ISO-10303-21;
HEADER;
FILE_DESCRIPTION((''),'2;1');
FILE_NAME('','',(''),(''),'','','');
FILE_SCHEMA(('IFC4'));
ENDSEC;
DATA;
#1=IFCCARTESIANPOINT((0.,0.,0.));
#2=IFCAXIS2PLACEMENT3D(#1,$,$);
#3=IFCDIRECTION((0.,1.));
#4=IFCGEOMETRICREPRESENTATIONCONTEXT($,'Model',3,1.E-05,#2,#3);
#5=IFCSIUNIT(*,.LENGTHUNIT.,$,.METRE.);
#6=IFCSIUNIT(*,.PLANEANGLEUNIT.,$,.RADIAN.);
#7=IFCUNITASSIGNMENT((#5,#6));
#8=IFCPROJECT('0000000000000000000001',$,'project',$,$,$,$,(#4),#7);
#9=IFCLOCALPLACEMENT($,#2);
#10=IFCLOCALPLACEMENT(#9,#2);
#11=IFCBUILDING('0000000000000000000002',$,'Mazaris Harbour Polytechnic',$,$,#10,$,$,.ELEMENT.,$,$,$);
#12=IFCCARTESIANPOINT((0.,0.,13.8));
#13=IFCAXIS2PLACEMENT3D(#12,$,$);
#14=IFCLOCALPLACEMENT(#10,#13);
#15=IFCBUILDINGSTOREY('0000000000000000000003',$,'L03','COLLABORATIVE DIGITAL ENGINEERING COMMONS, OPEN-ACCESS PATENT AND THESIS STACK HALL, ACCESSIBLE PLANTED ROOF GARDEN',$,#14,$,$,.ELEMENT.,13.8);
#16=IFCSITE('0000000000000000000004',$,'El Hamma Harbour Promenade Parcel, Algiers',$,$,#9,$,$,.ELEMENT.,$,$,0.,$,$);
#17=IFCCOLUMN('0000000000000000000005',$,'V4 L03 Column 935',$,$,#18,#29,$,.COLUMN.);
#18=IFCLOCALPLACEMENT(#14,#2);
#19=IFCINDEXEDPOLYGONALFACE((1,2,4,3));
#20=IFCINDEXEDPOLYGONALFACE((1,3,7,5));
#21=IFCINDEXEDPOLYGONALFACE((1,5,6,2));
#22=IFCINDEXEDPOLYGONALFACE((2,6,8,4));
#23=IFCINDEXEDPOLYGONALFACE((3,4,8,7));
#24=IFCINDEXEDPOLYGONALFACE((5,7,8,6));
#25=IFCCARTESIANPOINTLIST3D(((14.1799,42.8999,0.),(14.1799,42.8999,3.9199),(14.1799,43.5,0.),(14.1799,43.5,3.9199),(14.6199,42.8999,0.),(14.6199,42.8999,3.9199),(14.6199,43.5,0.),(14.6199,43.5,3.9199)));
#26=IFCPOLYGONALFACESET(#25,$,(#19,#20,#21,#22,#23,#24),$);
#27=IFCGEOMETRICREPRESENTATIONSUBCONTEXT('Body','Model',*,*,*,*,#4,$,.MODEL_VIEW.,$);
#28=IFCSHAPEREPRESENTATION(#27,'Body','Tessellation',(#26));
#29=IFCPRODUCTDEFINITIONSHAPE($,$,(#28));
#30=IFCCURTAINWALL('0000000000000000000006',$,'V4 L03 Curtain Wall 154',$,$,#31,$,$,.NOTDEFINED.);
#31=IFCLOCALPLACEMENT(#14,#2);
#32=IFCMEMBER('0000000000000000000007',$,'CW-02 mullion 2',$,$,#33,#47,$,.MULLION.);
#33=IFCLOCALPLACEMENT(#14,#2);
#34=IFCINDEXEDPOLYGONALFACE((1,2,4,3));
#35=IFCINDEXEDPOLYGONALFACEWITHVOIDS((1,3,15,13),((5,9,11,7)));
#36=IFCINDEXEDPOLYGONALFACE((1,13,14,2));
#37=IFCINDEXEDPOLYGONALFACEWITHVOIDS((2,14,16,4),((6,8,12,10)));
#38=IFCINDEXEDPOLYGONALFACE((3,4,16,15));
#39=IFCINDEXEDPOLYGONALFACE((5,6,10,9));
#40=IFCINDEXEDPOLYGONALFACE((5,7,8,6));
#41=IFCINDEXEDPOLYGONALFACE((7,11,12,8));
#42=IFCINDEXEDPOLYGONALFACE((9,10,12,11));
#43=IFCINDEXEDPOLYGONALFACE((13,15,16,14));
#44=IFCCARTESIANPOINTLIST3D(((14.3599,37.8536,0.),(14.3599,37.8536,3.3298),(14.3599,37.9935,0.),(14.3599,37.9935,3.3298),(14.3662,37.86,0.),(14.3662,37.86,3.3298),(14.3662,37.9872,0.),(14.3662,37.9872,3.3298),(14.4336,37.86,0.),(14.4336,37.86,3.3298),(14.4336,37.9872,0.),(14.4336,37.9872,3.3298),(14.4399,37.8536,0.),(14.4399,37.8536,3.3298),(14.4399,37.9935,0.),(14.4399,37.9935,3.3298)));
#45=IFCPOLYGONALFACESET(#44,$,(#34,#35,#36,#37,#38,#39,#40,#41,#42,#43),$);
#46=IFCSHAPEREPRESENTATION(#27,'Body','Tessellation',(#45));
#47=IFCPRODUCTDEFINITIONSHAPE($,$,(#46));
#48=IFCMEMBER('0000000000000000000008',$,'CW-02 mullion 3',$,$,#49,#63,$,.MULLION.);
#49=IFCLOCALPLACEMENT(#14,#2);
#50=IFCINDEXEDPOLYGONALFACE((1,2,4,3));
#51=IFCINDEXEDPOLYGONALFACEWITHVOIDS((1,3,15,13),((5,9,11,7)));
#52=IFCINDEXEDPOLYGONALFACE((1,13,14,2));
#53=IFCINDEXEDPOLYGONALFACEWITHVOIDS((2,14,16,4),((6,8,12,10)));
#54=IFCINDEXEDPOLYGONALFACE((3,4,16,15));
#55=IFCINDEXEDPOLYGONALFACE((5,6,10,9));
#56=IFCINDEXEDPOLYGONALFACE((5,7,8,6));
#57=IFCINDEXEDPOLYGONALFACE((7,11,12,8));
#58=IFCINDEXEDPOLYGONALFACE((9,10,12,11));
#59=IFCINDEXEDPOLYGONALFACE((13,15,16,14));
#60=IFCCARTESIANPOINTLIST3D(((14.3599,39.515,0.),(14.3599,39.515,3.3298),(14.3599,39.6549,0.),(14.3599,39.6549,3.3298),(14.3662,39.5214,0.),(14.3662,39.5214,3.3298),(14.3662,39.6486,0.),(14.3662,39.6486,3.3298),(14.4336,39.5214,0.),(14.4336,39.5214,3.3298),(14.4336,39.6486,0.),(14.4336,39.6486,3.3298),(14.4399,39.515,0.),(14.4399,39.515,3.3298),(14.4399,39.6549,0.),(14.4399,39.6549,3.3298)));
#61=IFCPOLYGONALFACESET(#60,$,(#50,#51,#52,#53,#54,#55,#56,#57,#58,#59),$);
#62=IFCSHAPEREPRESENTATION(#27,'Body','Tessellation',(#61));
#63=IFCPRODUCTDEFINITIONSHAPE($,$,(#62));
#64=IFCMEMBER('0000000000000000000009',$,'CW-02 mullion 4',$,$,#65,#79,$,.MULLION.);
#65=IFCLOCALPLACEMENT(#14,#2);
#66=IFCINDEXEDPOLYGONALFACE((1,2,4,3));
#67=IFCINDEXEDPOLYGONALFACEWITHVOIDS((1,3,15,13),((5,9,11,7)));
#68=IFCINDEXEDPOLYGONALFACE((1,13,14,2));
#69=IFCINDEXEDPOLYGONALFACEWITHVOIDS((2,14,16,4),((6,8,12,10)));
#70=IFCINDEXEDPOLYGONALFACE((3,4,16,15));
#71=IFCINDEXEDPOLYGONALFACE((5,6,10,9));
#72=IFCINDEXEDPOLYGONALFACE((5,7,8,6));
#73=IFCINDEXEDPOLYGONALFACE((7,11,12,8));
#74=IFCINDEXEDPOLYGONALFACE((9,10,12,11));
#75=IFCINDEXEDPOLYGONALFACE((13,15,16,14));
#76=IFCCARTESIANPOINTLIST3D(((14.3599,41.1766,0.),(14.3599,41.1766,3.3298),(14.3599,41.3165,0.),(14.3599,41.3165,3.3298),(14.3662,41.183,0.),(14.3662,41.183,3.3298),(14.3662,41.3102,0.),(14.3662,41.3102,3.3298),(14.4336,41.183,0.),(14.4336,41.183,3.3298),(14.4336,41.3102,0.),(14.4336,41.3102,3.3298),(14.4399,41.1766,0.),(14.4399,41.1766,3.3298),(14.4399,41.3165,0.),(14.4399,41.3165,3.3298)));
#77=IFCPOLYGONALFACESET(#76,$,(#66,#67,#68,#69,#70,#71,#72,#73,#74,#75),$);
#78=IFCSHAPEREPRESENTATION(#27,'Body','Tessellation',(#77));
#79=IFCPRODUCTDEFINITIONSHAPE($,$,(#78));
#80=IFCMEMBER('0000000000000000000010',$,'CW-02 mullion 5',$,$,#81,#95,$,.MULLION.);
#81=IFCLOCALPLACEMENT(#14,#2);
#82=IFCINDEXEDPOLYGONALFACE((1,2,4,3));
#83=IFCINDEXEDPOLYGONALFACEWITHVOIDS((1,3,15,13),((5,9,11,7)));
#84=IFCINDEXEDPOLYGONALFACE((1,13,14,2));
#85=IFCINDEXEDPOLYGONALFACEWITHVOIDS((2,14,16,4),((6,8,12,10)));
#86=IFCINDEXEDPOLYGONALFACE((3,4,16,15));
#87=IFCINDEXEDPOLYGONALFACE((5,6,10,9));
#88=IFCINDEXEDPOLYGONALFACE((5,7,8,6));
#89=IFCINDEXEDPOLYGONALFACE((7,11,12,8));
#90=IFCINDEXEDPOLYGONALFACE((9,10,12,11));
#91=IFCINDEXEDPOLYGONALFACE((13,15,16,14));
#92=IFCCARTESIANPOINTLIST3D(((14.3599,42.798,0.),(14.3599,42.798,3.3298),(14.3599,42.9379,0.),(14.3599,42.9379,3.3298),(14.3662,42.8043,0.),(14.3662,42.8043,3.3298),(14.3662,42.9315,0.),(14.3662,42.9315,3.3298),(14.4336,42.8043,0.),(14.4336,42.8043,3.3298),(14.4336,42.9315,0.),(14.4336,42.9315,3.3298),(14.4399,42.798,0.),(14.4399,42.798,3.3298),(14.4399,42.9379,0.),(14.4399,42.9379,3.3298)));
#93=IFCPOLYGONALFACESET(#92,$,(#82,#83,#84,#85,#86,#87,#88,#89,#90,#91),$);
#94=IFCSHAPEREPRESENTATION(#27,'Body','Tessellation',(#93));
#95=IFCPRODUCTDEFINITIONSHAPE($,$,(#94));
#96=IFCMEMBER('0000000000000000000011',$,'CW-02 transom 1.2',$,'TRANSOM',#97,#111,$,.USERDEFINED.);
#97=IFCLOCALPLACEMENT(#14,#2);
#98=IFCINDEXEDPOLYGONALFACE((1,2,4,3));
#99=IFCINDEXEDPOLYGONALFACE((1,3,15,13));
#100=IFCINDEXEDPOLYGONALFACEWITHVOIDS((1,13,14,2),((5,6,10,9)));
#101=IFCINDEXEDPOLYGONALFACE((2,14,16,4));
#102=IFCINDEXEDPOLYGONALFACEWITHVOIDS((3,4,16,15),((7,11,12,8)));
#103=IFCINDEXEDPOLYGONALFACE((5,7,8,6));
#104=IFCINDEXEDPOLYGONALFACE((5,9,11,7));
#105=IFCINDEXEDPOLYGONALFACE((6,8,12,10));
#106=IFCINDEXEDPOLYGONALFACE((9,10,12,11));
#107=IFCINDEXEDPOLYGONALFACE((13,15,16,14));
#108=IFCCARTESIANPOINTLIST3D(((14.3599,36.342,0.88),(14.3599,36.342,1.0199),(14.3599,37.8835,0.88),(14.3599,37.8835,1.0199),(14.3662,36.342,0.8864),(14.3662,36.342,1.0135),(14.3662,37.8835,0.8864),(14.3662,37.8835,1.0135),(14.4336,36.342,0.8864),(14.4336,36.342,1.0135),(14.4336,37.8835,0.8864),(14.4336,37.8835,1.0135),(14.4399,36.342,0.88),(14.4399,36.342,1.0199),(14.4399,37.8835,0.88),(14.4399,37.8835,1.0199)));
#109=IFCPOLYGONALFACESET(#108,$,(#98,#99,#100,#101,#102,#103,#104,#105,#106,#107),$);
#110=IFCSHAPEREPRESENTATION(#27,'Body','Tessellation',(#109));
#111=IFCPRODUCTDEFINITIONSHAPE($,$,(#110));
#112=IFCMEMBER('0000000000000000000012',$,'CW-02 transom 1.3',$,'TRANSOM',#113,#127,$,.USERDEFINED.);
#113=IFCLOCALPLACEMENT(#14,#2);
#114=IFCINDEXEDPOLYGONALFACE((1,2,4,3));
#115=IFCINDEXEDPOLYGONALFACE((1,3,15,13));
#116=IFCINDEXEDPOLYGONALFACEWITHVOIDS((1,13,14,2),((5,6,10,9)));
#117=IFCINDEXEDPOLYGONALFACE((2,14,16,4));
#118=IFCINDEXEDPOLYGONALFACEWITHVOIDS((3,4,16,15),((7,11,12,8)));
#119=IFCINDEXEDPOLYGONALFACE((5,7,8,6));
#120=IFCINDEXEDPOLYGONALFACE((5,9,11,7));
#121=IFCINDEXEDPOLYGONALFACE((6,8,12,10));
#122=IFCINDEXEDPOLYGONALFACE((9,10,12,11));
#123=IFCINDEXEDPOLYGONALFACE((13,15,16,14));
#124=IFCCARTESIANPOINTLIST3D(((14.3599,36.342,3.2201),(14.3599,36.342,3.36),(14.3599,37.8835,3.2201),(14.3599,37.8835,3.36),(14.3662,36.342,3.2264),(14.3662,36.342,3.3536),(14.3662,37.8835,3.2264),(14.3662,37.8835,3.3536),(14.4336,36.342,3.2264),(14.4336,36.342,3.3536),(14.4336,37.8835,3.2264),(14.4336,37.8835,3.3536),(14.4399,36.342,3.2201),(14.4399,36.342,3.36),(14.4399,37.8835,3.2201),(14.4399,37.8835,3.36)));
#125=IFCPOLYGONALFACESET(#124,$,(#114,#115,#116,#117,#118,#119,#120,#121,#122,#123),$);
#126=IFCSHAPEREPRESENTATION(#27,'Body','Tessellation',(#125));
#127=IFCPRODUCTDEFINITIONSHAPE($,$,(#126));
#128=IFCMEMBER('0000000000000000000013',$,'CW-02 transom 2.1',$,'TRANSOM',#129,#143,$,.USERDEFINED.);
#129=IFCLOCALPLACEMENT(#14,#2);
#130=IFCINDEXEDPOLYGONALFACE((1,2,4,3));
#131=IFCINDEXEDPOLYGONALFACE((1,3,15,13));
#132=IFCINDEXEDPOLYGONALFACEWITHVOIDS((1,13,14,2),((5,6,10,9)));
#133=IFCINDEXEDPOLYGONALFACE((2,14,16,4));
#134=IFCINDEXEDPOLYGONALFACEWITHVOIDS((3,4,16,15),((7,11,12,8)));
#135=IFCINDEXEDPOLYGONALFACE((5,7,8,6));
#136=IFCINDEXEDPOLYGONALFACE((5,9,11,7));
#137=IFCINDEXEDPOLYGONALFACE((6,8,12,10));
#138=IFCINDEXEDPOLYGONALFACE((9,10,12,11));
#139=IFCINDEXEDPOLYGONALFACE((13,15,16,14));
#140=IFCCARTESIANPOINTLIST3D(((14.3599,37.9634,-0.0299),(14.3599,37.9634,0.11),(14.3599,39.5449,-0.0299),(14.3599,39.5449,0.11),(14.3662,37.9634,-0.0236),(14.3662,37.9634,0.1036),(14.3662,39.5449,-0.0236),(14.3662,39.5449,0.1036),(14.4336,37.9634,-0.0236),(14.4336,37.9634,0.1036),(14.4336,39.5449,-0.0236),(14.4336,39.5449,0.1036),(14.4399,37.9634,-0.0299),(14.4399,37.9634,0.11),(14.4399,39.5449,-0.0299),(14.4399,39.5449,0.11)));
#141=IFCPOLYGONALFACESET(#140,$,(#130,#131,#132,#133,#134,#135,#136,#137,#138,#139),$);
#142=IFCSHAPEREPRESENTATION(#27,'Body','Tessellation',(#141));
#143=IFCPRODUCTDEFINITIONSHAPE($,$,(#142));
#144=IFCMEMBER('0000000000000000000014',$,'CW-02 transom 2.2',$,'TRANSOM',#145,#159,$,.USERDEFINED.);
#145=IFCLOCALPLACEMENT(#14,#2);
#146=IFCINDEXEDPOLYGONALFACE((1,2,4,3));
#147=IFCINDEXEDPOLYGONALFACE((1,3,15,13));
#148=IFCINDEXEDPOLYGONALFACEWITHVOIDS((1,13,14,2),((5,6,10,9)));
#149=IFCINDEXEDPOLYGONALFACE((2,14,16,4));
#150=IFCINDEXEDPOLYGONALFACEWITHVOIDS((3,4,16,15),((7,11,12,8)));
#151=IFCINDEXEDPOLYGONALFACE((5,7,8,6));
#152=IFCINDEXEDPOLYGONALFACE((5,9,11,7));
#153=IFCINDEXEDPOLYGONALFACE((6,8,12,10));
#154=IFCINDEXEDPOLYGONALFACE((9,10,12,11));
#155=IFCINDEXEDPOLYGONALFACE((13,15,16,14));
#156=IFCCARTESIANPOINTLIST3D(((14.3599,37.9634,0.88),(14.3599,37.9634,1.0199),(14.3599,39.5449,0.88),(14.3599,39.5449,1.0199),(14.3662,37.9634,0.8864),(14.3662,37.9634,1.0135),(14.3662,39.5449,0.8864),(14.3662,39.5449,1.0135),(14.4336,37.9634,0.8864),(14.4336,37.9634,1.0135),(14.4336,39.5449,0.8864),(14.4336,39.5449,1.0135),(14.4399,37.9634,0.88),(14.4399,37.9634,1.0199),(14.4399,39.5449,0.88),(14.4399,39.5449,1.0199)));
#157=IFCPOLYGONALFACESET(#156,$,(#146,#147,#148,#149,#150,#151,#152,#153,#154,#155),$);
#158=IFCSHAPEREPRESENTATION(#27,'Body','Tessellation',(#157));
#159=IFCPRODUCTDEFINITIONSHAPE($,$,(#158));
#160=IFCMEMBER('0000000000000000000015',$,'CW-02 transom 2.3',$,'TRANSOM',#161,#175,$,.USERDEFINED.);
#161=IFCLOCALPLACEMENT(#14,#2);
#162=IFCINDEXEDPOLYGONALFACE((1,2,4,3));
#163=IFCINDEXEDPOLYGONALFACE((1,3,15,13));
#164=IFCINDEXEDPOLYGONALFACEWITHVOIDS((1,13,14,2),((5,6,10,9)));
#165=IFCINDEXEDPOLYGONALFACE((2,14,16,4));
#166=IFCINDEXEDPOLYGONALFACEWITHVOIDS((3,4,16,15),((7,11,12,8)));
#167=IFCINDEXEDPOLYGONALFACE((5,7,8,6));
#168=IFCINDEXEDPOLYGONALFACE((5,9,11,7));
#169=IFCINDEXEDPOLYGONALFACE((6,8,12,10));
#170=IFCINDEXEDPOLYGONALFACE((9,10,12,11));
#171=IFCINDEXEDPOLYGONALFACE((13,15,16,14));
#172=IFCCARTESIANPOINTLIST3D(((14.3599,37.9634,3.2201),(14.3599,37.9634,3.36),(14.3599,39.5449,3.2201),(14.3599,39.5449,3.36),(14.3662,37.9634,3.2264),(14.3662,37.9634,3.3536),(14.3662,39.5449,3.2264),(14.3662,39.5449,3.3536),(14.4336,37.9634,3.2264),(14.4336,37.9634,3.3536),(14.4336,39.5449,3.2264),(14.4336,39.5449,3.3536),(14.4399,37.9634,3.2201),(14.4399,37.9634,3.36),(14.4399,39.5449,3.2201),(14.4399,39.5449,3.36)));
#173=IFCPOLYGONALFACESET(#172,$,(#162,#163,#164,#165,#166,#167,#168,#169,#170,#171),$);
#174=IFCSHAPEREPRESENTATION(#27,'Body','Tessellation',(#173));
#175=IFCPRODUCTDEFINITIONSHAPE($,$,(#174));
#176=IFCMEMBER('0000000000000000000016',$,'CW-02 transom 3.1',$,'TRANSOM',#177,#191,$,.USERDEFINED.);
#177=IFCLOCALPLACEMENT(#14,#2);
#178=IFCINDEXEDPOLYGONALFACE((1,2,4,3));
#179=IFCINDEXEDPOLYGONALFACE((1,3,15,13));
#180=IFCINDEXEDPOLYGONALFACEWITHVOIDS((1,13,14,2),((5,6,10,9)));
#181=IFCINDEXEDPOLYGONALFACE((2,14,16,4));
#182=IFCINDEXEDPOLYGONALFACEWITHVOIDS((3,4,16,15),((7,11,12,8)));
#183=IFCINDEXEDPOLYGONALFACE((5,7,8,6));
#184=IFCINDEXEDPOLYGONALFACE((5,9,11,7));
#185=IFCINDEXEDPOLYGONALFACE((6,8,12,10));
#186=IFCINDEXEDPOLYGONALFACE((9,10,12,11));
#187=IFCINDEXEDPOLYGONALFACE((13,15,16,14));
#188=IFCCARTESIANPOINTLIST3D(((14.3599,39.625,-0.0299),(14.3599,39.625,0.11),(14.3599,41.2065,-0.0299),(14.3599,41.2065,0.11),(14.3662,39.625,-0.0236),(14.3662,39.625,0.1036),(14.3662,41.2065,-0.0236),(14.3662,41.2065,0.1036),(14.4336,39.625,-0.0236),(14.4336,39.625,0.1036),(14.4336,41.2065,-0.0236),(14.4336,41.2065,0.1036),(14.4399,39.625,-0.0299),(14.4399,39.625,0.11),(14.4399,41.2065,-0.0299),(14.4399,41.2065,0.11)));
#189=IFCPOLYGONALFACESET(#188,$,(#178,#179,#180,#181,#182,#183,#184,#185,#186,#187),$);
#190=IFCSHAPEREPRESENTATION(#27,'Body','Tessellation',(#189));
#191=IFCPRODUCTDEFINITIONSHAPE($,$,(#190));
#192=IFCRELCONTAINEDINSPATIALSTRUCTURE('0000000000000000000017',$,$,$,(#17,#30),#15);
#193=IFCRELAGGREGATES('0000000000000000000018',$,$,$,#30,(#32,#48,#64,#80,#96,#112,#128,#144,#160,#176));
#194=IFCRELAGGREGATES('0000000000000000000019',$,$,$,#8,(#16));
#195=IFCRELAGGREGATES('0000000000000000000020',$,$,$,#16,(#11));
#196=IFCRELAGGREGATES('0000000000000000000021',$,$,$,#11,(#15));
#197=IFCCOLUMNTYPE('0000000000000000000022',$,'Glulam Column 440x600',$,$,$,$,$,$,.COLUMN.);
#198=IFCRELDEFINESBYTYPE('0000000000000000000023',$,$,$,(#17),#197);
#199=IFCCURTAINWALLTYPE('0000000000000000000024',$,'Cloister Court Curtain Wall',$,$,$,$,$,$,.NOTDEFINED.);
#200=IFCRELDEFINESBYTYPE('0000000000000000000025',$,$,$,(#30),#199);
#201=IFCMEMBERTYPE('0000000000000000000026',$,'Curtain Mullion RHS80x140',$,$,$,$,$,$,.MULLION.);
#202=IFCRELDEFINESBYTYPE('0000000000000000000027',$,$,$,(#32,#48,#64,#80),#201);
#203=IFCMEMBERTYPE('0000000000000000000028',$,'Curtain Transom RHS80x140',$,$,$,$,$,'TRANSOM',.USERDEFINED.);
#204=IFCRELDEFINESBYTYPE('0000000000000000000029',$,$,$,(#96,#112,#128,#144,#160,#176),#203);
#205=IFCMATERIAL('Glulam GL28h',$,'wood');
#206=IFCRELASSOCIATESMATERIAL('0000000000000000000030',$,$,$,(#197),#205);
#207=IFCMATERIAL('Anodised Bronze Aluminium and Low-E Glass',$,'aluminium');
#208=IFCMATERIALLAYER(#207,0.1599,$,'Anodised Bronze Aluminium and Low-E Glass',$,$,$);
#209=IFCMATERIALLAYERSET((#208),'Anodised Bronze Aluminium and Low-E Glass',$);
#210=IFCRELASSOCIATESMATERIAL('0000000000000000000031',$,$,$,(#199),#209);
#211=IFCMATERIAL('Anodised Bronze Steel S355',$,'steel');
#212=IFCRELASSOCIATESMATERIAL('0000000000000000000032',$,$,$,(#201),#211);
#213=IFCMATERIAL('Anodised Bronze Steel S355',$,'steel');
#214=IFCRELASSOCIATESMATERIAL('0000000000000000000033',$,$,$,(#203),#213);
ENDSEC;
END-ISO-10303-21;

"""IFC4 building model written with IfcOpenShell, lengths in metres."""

from ifc_helpers import new_model, si_unit, direction, frame, origin, origin_2d, place, context, subcontext, project, spatial, rectangle, hollow_rectangle, extrude, material, layer, layer_set, material_profile, profile_set, type_object, element, aggregate, save


model = new_model("IFC4")

# Units and contexts
model_context = context("Model", 3, precision=1e-05, world=origin(), true_north=direction((0.0, 1.0)))
body_context = subcontext(model_context, "Body", "Model", "MODEL_VIEW")
ifc_project = project(units=[si_unit("LENGTHUNIT", "METRE"), si_unit("PLANEANGLEUNIT", "RADIAN")], contexts=[model_context])

# Site, building, storey
site_placement = place(None, origin())
site = spatial("IfcSite", under=ifc_project, at=site_placement, Name="El Hamma Harbour Promenade Parcel, Algiers", CompositionType="ELEMENT", RefElevation=0.0)
building_placement = place(site_placement, origin())
building = spatial("IfcBuilding", under=site, at=building_placement, Name="Mazaris Harbour Polytechnic", CompositionType="ELEMENT")
storey_placement = place(building_placement, frame((0.0, 0.0, 13.8)))
storey = spatial("IfcBuildingStorey", under=building, at=storey_placement, Name="L03", Description="COLLABORATIVE DIGITAL ENGINEERING COMMONS, OPEN-ACCESS PATENT AND THESIS STACK HALL, ACCESSIBLE PLANTED ROOF GARDEN", CompositionType="ELEMENT", Elevation=13.8)

# Column
ifc_material_1 = material(Name="Glulam GL28h", Category="wood")
ifc_material_profile_1 = material_profile(ifc_material_1, rectangle(XDim=0.4399, YDim=0.6001, at=origin_2d()), Name="RECT440x600")
ifc_profile_set_1 = profile_set([ifc_material_profile_1], Name="Glulam GL28h")
column_type = type_object("IfcColumnType", Name="Glulam Column 440x600", PredefinedType="COLUMN", material=ifc_profile_set_1)
column_placement = place(storey_placement, frame((14.3999, 43.2, 0.0), z_axis=(0.0, 0.0, 1.0), x_axis=(1.0, 0.0, 0.0)))
element("IfcColumn", 1, at=column_placement, inside=storey, type_object=column_type, Name="V4 L03 Column 935", PredefinedType="COLUMN", context=body_context, shape_type="SweptSolid", body=[
    extrude(rectangle(XDim=0.4399, YDim=0.6001, at=origin_2d()), origin(), (0.0, 0.0, 1.0), 3.9199),
])

# Curtain wall, members
ifc_material_2 = material(Name="Anodised Bronze Aluminium and Low-E Glass", Category="aluminium")
ifc_layer_1 = layer(ifc_material_2, 0.1599, Name="Anodised Bronze Aluminium and Low-E Glass")
ifc_layer_set_1 = layer_set([ifc_layer_1], Name="Anodised Bronze Aluminium and Low-E Glass")
curtain_wall_type = type_object("IfcCurtainWallType", Name="Cloister Court Curtain Wall", PredefinedType="NOTDEFINED", material=ifc_layer_set_1)
curtain_wall_placement = place(storey_placement, origin())
curtain_wall = element("IfcCurtainWall", 2, at=curtain_wall_placement, inside=storey, type_object=curtain_wall_type, Name="V4 L03 Curtain Wall 154", PredefinedType="NOTDEFINED")
ifc_material_3 = material(Name="Anodised Bronze Steel S355", Category="steel")
ifc_material_profile_2 = material_profile(ifc_material_3, hollow_rectangle(XDim=0.0801, YDim=0.1399, WallThickness=0.0063, at=origin_2d()), Name="RHS 80x140x6.3")
ifc_profile_set_2 = profile_set([ifc_material_profile_2], Name="Anodised Bronze Steel S355")
member_type_1 = type_object("IfcMemberType", Name="Curtain Mullion RHS80x140", PredefinedType="MULLION", material=ifc_profile_set_2)
member_1_placement = place(storey_placement, frame((14.3999, 37.9236, 0.0), z_axis=(0.0, 0.0, 1.0), x_axis=(-1.0, 0.0, 0.0)))
member_1 = element("IfcMember", 3, at=member_1_placement, type_object=member_type_1, Name="CW-02 mullion 2", PredefinedType="MULLION", context=body_context, shape_type="SweptSolid", body=[
    extrude(hollow_rectangle(XDim=0.0801, YDim=0.1399, WallThickness=0.0063, at=origin_2d()), origin(), (0.0, 0.0, 1.0), 3.3298),
])
member_2_placement = place(storey_placement, frame((14.3999, 39.585, 0.0), z_axis=(0.0, 0.0, 1.0), x_axis=(-1.0, 0.0, 0.0)))
member_2 = element("IfcMember", 4, at=member_2_placement, type_object=member_type_1, Name="CW-02 mullion 3", PredefinedType="MULLION", context=body_context, shape_type="SweptSolid", body=[
    extrude(hollow_rectangle(XDim=0.0801, YDim=0.1399, WallThickness=0.0063, at=origin_2d()), origin(), (0.0, 0.0, 1.0), 3.3298),
])
member_3_placement = place(storey_placement, frame((14.3999, 41.2466, 0.0), z_axis=(0.0, 0.0, 1.0), x_axis=(-1.0, 0.0, 0.0)))
member_3 = element("IfcMember", 5, at=member_3_placement, type_object=member_type_1, Name="CW-02 mullion 4", PredefinedType="MULLION", context=body_context, shape_type="SweptSolid", body=[
    extrude(hollow_rectangle(XDim=0.0801, YDim=0.1399, WallThickness=0.0063, at=origin_2d()), origin(), (0.0, 0.0, 1.0), 3.3298),
])
member_4_placement = place(storey_placement, frame((14.3999, 42.8679, 0.0), z_axis=(0.0, 0.0, 1.0), x_axis=(-1.0, 0.0, 0.0)))
member_4 = element("IfcMember", 6, at=member_4_placement, type_object=member_type_1, Name="CW-02 mullion 5", PredefinedType="MULLION", context=body_context, shape_type="SweptSolid", body=[
    extrude(hollow_rectangle(XDim=0.0801, YDim=0.1399, WallThickness=0.0063, at=origin_2d()), origin(), (0.0, 0.0, 1.0), 3.3298),
])
ifc_material_4 = material(Name="Anodised Bronze Steel S355", Category="steel")
ifc_material_profile_3 = material_profile(ifc_material_4, hollow_rectangle(XDim=0.0801, YDim=0.1399, WallThickness=0.0063, at=origin_2d()), Name="RHS 80x140x6.3")
ifc_profile_set_3 = profile_set([ifc_material_profile_3], Name="Anodised Bronze Steel S355")
member_type_2 = type_object("IfcMemberType", Name="Curtain Transom RHS80x140", ElementType="TRANSOM", PredefinedType="USERDEFINED", material=ifc_profile_set_3)
member_5_placement = place(storey_placement, frame((14.3999, 36.342, 0.95), z_axis=(0.0, 1.0, 0.0), x_axis=(-1.0, 0.0, 0.0)))
member_5 = element("IfcMember", 7, at=member_5_placement, type_object=member_type_2, Name="CW-02 transom 1.2", ObjectType="TRANSOM", PredefinedType="USERDEFINED", context=body_context, shape_type="SweptSolid", body=[
    extrude(hollow_rectangle(XDim=0.0801, YDim=0.1399, WallThickness=0.0063, at=origin_2d()), origin(), (0.0, 0.0, 1.0), 1.5415),
])
member_6_placement = place(storey_placement, frame((14.3999, 36.342, 3.29), z_axis=(0.0, 1.0, 0.0), x_axis=(-1.0, 0.0, 0.0)))
member_6 = element("IfcMember", 8, at=member_6_placement, type_object=member_type_2, Name="CW-02 transom 1.3", ObjectType="TRANSOM", PredefinedType="USERDEFINED", context=body_context, shape_type="SweptSolid", body=[
    extrude(hollow_rectangle(XDim=0.0801, YDim=0.1399, WallThickness=0.0063, at=origin_2d()), origin(), (0.0, 0.0, 1.0), 1.5415),
])
member_7_placement = place(storey_placement, frame((14.3999, 37.9634, 0.04), z_axis=(0.0, 1.0, 0.0), x_axis=(-1.0, 0.0, 0.0)))
member_7 = element("IfcMember", 9, at=member_7_placement, type_object=member_type_2, Name="CW-02 transom 2.1", ObjectType="TRANSOM", PredefinedType="USERDEFINED", context=body_context, shape_type="SweptSolid", body=[
    extrude(hollow_rectangle(XDim=0.0801, YDim=0.1399, WallThickness=0.0063, at=origin_2d()), origin(), (0.0, 0.0, 1.0), 1.5815),
])
member_8_placement = place(storey_placement, frame((14.3999, 37.9634, 0.95), z_axis=(0.0, 1.0, 0.0), x_axis=(-1.0, 0.0, 0.0)))
member_8 = element("IfcMember", 10, at=member_8_placement, type_object=member_type_2, Name="CW-02 transom 2.2", ObjectType="TRANSOM", PredefinedType="USERDEFINED", context=body_context, shape_type="SweptSolid", body=[
    extrude(hollow_rectangle(XDim=0.0801, YDim=0.1399, WallThickness=0.0063, at=origin_2d()), origin(), (0.0, 0.0, 1.0), 1.5815),
])
member_9_placement = place(storey_placement, frame((14.3999, 37.9634, 3.29), z_axis=(0.0, 1.0, 0.0), x_axis=(-1.0, 0.0, 0.0)))
member_9 = element("IfcMember", 11, at=member_9_placement, type_object=member_type_2, Name="CW-02 transom 2.3", ObjectType="TRANSOM", PredefinedType="USERDEFINED", context=body_context, shape_type="SweptSolid", body=[
    extrude(hollow_rectangle(XDim=0.0801, YDim=0.1399, WallThickness=0.0063, at=origin_2d()), origin(), (0.0, 0.0, 1.0), 1.5815),
])
member_10_placement = place(storey_placement, frame((14.3999, 39.625, 0.04), z_axis=(0.0, 1.0, 0.0), x_axis=(-1.0, 0.0, 0.0)))
member_10 = element("IfcMember", 12, at=member_10_placement, type_object=member_type_2, Name="CW-02 transom 3.1", ObjectType="TRANSOM", PredefinedType="USERDEFINED", context=body_context, shape_type="SweptSolid", body=[
    extrude(hollow_rectangle(XDim=0.0801, YDim=0.1399, WallThickness=0.0063, at=origin_2d()), origin(), (0.0, 0.0, 1.0), 1.5815),
])

aggregate(curtain_wall, [member_1, member_2, member_3, member_4, member_5, member_6, member_7, member_8, member_9, member_10])

save(model, "model.ifc")
